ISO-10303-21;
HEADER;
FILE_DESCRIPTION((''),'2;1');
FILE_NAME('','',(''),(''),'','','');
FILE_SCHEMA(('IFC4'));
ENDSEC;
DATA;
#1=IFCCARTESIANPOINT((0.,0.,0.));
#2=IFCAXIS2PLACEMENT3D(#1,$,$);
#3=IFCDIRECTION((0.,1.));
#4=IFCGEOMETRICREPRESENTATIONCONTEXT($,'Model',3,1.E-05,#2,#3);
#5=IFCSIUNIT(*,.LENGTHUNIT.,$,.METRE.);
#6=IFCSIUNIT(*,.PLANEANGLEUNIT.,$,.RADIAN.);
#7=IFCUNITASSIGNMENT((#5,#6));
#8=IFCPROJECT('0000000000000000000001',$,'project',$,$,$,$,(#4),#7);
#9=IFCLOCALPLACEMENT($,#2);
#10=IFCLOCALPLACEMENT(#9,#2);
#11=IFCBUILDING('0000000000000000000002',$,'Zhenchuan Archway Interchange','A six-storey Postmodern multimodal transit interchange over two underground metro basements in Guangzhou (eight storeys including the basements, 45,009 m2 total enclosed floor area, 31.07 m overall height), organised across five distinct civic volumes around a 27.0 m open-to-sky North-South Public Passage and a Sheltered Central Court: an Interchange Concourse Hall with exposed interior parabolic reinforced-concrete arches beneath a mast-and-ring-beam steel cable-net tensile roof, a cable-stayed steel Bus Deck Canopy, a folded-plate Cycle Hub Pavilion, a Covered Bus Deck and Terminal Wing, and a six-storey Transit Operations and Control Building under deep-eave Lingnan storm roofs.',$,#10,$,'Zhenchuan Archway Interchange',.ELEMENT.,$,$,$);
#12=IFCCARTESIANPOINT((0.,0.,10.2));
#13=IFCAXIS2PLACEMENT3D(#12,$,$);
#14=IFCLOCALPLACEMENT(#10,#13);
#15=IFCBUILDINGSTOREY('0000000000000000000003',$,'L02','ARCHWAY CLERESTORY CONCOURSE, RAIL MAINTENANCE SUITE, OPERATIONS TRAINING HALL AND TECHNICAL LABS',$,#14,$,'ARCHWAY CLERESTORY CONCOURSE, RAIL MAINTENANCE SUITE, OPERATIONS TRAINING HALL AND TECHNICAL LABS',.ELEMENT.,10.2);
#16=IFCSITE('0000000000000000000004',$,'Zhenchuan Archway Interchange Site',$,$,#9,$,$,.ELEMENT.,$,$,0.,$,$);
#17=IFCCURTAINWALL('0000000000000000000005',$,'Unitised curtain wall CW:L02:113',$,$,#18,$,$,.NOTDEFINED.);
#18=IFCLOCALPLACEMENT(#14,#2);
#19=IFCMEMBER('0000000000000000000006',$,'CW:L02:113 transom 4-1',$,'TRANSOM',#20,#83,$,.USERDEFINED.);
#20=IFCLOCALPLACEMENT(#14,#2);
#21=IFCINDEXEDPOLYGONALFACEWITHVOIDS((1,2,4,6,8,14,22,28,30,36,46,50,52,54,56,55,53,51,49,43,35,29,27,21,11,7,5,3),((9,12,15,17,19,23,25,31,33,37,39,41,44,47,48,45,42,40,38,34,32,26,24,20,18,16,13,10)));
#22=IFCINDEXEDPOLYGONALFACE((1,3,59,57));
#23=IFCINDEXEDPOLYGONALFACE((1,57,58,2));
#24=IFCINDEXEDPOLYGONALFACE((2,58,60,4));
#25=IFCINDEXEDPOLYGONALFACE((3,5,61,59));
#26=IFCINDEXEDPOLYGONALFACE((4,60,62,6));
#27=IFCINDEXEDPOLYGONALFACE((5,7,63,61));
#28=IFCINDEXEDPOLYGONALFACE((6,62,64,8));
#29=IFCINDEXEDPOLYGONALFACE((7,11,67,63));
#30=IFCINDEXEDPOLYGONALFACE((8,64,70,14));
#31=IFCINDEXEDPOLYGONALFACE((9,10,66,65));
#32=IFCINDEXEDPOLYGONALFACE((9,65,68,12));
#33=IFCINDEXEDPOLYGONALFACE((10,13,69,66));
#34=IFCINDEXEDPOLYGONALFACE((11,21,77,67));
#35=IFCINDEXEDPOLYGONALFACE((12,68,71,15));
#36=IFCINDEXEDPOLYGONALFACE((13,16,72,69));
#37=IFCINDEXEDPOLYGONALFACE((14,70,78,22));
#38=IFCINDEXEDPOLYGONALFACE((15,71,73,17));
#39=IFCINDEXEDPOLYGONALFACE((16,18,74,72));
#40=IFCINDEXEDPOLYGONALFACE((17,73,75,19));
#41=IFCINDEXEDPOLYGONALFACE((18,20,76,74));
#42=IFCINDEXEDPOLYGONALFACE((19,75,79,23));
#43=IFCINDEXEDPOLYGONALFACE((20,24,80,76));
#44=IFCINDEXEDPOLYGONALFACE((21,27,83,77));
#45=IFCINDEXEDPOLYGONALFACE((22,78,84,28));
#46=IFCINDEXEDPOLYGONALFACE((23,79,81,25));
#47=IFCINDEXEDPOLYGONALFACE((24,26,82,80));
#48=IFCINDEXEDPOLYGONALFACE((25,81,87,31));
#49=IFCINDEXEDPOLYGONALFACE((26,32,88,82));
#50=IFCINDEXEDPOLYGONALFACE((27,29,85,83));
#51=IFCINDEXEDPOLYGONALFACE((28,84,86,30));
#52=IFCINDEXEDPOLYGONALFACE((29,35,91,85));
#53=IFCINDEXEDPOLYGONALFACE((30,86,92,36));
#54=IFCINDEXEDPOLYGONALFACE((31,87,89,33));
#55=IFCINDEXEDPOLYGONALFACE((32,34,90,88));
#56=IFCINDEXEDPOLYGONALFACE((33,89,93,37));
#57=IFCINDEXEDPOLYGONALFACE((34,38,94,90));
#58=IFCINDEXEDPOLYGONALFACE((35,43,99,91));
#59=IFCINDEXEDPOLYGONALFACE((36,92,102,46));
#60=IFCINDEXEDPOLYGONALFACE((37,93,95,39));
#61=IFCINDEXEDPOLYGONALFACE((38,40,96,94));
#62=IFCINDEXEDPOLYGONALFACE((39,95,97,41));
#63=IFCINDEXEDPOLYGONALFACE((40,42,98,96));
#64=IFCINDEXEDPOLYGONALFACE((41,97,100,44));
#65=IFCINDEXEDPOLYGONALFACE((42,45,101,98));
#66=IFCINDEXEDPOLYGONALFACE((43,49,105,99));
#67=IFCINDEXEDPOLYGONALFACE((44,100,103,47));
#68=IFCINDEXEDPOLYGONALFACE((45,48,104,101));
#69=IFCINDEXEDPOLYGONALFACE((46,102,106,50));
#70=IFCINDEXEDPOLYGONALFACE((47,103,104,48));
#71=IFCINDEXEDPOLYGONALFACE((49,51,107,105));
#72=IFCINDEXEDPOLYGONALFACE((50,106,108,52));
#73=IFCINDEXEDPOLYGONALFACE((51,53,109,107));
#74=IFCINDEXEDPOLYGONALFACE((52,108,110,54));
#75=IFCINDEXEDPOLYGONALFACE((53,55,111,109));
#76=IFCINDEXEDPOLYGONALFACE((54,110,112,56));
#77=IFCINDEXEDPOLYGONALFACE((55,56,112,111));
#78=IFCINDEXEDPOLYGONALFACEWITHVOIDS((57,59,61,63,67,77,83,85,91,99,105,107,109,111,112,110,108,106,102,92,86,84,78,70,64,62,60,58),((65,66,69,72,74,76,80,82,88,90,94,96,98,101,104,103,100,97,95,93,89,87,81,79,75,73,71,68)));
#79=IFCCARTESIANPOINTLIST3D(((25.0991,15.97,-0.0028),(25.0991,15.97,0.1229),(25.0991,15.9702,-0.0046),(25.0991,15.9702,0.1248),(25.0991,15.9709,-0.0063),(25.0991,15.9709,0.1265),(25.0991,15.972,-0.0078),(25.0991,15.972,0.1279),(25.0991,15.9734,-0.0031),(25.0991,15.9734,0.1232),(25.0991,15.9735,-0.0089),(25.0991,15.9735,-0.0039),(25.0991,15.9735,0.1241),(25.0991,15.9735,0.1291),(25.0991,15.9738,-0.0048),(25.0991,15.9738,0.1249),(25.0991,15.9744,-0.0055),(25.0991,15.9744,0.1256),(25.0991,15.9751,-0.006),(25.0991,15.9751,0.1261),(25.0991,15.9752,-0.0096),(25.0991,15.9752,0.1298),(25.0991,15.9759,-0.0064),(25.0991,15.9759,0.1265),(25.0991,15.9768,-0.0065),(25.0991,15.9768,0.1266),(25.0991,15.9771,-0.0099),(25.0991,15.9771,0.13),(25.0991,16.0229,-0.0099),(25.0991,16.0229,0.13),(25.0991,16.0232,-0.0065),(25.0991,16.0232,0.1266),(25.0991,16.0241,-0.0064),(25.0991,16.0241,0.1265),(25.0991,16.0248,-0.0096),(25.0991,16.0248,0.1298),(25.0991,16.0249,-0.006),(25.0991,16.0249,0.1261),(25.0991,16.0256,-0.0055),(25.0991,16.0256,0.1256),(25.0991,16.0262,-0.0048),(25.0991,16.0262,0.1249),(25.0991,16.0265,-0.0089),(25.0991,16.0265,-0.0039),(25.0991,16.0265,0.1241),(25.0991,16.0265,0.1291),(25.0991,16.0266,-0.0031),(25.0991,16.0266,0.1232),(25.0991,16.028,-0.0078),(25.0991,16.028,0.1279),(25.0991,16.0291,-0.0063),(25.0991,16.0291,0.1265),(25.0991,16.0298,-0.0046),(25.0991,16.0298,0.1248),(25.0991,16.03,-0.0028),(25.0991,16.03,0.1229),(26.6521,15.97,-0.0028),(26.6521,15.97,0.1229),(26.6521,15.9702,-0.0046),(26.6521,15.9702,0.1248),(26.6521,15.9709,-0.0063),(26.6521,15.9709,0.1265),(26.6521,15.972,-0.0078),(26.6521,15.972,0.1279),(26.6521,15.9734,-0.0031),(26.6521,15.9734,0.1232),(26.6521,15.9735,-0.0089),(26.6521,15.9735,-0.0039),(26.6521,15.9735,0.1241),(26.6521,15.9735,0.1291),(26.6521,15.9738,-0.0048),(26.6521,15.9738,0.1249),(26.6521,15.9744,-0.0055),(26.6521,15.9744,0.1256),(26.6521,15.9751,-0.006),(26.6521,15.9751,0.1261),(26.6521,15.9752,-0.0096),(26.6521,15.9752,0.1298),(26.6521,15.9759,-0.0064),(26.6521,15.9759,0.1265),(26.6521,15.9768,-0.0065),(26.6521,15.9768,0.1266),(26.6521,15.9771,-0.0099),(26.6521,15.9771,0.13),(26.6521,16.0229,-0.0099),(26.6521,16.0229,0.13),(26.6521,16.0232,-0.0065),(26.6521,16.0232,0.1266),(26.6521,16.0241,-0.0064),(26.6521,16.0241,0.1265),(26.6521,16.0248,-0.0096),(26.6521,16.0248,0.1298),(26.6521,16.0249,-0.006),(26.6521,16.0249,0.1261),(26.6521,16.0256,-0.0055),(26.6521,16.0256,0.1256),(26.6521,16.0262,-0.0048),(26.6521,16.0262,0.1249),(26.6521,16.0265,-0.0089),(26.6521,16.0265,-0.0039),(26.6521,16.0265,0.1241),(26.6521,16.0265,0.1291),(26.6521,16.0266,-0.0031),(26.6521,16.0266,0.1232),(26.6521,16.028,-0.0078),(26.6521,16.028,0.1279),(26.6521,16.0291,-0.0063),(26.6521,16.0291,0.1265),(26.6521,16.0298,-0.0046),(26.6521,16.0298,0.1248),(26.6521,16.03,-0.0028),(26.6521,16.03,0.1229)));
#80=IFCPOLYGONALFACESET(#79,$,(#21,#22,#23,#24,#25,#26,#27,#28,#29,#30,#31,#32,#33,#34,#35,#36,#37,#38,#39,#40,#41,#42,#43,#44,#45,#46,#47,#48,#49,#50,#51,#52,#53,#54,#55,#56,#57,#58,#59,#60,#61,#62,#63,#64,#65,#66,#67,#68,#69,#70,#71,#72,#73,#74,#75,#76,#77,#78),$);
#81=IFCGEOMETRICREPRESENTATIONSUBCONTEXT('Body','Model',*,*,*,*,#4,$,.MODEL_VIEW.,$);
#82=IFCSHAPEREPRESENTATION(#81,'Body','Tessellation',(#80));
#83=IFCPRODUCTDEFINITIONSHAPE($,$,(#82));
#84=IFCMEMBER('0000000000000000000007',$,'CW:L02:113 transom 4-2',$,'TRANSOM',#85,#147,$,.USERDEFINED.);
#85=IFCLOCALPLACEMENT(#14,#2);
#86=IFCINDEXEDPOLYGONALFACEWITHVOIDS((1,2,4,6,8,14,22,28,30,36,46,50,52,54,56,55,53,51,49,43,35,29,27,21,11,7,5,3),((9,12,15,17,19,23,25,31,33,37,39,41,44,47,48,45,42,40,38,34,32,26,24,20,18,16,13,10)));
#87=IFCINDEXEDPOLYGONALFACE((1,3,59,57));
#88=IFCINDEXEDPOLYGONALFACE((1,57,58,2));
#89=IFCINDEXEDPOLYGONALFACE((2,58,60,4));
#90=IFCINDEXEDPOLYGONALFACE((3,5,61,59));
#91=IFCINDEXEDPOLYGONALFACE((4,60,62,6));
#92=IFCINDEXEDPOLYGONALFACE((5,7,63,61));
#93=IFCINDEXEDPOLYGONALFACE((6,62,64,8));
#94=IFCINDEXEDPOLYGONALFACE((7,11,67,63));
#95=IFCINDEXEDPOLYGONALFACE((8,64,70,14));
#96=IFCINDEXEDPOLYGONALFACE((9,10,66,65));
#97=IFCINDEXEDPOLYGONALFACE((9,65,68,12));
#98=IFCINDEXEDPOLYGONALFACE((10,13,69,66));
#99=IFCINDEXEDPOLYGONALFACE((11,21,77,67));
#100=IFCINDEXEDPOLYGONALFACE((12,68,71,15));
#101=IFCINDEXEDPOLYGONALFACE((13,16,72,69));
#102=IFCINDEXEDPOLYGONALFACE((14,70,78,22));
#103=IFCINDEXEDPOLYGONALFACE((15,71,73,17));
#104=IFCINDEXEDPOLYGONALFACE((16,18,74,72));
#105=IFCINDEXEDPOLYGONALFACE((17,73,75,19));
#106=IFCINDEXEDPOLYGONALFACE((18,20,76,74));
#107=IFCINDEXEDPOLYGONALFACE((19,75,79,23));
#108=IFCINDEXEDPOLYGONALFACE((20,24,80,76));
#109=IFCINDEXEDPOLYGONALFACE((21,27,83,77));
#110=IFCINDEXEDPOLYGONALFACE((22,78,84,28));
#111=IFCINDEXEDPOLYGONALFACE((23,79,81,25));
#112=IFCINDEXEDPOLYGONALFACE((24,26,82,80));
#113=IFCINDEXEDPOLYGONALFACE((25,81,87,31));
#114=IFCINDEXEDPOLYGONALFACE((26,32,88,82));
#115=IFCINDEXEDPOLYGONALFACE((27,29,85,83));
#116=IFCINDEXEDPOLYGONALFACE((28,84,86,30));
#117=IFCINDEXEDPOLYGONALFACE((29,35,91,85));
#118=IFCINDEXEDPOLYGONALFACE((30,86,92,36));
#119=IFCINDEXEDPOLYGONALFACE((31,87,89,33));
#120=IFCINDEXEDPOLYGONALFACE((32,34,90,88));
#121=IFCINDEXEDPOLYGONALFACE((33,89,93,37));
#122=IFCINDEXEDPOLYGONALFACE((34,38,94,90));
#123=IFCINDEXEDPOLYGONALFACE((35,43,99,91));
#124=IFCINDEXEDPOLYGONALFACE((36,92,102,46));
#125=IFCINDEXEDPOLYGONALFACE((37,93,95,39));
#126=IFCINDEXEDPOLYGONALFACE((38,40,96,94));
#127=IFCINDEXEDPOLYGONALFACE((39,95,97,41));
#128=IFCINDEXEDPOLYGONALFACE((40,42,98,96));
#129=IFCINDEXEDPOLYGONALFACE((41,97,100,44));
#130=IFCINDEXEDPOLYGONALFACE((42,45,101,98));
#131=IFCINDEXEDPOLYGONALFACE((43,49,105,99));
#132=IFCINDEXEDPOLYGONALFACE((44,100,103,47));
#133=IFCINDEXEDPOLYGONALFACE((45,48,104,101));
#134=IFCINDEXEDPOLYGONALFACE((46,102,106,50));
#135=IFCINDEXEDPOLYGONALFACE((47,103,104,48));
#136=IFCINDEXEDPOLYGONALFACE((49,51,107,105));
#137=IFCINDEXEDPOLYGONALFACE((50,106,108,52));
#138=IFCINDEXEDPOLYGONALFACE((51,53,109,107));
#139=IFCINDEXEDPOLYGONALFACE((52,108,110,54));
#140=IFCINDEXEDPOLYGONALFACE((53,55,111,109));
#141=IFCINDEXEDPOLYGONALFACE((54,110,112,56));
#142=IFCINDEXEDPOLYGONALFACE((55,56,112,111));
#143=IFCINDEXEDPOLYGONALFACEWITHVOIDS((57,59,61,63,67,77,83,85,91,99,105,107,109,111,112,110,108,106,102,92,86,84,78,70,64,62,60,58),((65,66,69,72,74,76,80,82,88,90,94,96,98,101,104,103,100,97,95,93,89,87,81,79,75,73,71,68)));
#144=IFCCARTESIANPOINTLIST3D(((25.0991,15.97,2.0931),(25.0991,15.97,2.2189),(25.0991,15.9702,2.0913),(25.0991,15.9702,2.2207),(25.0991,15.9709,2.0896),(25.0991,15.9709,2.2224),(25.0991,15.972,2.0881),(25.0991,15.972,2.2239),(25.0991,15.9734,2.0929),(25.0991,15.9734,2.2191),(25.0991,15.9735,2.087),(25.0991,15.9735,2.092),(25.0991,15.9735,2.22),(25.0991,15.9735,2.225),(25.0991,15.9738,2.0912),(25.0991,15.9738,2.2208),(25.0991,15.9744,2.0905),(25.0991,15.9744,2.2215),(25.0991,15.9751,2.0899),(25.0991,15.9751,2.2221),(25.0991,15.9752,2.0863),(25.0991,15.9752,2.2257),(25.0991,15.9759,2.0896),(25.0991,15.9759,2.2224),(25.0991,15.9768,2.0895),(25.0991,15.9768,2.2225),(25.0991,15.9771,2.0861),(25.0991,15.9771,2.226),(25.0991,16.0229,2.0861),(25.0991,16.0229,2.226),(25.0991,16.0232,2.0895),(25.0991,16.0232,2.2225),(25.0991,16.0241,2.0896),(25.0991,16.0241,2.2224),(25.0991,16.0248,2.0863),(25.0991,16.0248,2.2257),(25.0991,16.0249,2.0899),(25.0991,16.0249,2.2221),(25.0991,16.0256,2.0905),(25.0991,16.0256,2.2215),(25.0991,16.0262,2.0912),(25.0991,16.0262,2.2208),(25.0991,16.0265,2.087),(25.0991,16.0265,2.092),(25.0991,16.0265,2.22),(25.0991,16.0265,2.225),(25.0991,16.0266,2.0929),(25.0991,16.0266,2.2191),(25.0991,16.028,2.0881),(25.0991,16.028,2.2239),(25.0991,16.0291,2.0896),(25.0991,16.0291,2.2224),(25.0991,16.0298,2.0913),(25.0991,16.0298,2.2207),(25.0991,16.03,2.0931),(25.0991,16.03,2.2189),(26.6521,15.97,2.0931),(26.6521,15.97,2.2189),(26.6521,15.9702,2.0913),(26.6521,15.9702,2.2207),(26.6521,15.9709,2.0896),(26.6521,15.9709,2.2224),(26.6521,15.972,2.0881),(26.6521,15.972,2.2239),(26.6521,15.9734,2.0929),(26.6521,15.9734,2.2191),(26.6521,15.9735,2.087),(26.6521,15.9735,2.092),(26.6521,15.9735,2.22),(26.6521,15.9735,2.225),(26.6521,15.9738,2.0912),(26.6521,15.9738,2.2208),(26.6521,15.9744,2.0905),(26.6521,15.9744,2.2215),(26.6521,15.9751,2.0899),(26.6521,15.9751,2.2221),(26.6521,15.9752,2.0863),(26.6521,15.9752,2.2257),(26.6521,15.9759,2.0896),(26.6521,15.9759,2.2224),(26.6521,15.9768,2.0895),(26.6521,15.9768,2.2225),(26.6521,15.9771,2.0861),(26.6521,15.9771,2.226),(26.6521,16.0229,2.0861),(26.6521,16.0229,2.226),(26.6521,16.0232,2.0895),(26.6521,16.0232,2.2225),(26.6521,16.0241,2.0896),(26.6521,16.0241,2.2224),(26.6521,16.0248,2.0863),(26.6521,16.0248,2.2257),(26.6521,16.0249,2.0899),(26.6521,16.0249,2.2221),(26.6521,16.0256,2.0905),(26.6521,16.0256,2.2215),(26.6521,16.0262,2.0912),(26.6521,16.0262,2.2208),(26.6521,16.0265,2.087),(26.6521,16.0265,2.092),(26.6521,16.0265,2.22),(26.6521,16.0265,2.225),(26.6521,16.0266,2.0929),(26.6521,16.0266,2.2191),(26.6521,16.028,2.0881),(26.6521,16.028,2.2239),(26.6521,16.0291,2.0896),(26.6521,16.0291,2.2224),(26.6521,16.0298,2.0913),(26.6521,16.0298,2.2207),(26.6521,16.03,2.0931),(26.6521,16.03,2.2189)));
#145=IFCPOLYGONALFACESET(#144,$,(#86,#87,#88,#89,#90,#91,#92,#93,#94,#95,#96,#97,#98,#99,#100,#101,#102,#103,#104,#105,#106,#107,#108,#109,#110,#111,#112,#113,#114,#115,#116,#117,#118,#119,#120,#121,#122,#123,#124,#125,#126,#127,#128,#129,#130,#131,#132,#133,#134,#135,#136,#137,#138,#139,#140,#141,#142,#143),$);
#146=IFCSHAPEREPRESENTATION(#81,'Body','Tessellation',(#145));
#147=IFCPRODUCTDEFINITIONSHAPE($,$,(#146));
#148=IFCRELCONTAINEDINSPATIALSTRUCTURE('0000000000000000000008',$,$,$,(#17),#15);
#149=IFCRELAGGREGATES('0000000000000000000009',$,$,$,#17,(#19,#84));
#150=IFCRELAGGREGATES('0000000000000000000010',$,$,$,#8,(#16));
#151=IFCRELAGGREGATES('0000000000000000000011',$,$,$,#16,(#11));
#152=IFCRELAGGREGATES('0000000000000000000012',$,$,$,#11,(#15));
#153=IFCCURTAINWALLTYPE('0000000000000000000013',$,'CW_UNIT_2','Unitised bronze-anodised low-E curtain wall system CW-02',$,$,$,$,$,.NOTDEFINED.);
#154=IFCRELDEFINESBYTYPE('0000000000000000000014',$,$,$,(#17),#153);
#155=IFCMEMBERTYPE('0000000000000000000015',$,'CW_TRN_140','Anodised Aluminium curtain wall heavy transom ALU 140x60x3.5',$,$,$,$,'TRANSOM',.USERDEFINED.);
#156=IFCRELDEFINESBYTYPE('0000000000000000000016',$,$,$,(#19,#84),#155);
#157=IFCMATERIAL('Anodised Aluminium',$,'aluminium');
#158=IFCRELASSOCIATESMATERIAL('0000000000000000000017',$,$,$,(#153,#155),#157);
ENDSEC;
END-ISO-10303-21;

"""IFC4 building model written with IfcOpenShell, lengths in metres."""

from ifc_helpers import new_model, si_unit, direction, frame, origin, origin_2d, place, context, subcontext, project, spatial, hollow_rectangle, extrude, material, material_profile, profile_set, type_object, element, aggregate, save


model = new_model("IFC4")

# Units and contexts
model_context = context("Model", 3, precision=1e-05, world=origin(), true_north=direction((0.0, 1.0)))
body_context = subcontext(model_context, "Body", "Model", "MODEL_VIEW")
ifc_project = project(units=[si_unit("LENGTHUNIT", "METRE"), si_unit("PLANEANGLEUNIT", "RADIAN")], contexts=[model_context])

# Site, building, storey
site_placement = place(None, origin())
site = spatial("IfcSite", under=ifc_project, at=site_placement, Name="Zhenchuan Archway Interchange Site", CompositionType="ELEMENT", RefElevation=0.0)
building_placement = place(site_placement, origin())
building = spatial("IfcBuilding", under=site, at=building_placement, Name="Zhenchuan Archway Interchange", Description="A six-storey Postmodern multimodal transit interchange over two underground metro basements in Guangzhou (eight storeys including the basements, 45,009 m2 total enclosed floor area, 31.07 m overall height), organised across five distinct civic volumes around a 27.0 m open-to-sky North-South Public Passage and a Sheltered Central Court: an Interchange Concourse Hall with exposed interior parabolic reinforced-concrete arches beneath a mast-and-ring-beam steel cable-net tensile roof, a cable-stayed steel Bus Deck Canopy, a folded-plate Cycle Hub Pavilion, a Covered Bus Deck and Terminal Wing, and a six-storey Transit Operations and Control Building under deep-eave Lingnan storm roofs.", LongName="Zhenchuan Archway Interchange", CompositionType="ELEMENT")
storey_placement = place(building_placement, frame((0.0, 0.0, 10.2)))
storey = spatial("IfcBuildingStorey", under=building, at=storey_placement, Name="L02", Description="ARCHWAY CLERESTORY CONCOURSE, RAIL MAINTENANCE SUITE, OPERATIONS TRAINING HALL AND TECHNICAL LABS", LongName="ARCHWAY CLERESTORY CONCOURSE, RAIL MAINTENANCE SUITE, OPERATIONS TRAINING HALL AND TECHNICAL LABS", CompositionType="ELEMENT", Elevation=10.2)

# Curtain wall, members
ifc_material_1 = material(Name="Anodised Aluminium", Category="aluminium")
curtain_wall_type = type_object("IfcCurtainWallType", Name="CW_UNIT_2", Description="Unitised bronze-anodised low-E curtain wall system CW-02", PredefinedType="NOTDEFINED", material=ifc_material_1)
curtain_wall_placement = place(storey_placement, origin())
curtain_wall = element("IfcCurtainWall", 1, at=curtain_wall_placement, inside=storey, type_object=curtain_wall_type, Name="Unitised curtain wall CW:L02:113", PredefinedType="NOTDEFINED")
ifc_material_profile_1 = material_profile(ifc_material_1, hollow_rectangle(XDim=0.0601, YDim=0.1399, WallThickness=0.0034, InnerFilletRadius=0.0034, OuterFilletRadius=0.0071, at=origin_2d()), Name="ALU 140x60x3.5")
ifc_profile_set_1 = profile_set([ifc_material_profile_1], Name="Anodised Aluminium")
member_type_1 = type_object("IfcMemberType", Name="CW_TRN_140", Description="Anodised Aluminium curtain wall heavy transom ALU 140x60x3.5", ElementType="TRANSOM", PredefinedType="USERDEFINED", material=ifc_profile_set_1)
member_1_placement = place(storey_placement, frame((25.0991, 16.0, 0.0601), z_axis=(1.0, 0.0, 0.0), x_axis=(0.0, 1.0, 0.0)))
member_1 = element("IfcMember", 2, at=member_1_placement, type_object=member_type_1, Name="CW:L02:113 transom 4-1", ObjectType="TRANSOM", PredefinedType="USERDEFINED", context=body_context, shape_type="SweptSolid", body=[
    extrude(hollow_rectangle(XDim=0.0601, YDim=0.1399, WallThickness=0.0034, InnerFilletRadius=0.0034, OuterFilletRadius=0.0071, at=origin_2d()), origin(), (0.0, 0.0, 1.0), 1.553),
])
member_2_placement = place(storey_placement, frame((25.0991, 16.0, 2.156), z_axis=(1.0, 0.0, 0.0), x_axis=(0.0, 1.0, 0.0)))
member_2 = element("IfcMember", 3, at=member_2_placement, type_object=member_type_1, Name="CW:L02:113 transom 4-2", ObjectType="TRANSOM", PredefinedType="USERDEFINED", context=body_context, shape_type="SweptSolid", body=[
    extrude(hollow_rectangle(XDim=0.0601, YDim=0.1399, WallThickness=0.0034, InnerFilletRadius=0.0034, OuterFilletRadius=0.0071, at=origin_2d()), origin(), (0.0, 0.0, 1.0), 1.553),
])

aggregate(curtain_wall, [member_1, member_2])

save(model, "model.ifc")
